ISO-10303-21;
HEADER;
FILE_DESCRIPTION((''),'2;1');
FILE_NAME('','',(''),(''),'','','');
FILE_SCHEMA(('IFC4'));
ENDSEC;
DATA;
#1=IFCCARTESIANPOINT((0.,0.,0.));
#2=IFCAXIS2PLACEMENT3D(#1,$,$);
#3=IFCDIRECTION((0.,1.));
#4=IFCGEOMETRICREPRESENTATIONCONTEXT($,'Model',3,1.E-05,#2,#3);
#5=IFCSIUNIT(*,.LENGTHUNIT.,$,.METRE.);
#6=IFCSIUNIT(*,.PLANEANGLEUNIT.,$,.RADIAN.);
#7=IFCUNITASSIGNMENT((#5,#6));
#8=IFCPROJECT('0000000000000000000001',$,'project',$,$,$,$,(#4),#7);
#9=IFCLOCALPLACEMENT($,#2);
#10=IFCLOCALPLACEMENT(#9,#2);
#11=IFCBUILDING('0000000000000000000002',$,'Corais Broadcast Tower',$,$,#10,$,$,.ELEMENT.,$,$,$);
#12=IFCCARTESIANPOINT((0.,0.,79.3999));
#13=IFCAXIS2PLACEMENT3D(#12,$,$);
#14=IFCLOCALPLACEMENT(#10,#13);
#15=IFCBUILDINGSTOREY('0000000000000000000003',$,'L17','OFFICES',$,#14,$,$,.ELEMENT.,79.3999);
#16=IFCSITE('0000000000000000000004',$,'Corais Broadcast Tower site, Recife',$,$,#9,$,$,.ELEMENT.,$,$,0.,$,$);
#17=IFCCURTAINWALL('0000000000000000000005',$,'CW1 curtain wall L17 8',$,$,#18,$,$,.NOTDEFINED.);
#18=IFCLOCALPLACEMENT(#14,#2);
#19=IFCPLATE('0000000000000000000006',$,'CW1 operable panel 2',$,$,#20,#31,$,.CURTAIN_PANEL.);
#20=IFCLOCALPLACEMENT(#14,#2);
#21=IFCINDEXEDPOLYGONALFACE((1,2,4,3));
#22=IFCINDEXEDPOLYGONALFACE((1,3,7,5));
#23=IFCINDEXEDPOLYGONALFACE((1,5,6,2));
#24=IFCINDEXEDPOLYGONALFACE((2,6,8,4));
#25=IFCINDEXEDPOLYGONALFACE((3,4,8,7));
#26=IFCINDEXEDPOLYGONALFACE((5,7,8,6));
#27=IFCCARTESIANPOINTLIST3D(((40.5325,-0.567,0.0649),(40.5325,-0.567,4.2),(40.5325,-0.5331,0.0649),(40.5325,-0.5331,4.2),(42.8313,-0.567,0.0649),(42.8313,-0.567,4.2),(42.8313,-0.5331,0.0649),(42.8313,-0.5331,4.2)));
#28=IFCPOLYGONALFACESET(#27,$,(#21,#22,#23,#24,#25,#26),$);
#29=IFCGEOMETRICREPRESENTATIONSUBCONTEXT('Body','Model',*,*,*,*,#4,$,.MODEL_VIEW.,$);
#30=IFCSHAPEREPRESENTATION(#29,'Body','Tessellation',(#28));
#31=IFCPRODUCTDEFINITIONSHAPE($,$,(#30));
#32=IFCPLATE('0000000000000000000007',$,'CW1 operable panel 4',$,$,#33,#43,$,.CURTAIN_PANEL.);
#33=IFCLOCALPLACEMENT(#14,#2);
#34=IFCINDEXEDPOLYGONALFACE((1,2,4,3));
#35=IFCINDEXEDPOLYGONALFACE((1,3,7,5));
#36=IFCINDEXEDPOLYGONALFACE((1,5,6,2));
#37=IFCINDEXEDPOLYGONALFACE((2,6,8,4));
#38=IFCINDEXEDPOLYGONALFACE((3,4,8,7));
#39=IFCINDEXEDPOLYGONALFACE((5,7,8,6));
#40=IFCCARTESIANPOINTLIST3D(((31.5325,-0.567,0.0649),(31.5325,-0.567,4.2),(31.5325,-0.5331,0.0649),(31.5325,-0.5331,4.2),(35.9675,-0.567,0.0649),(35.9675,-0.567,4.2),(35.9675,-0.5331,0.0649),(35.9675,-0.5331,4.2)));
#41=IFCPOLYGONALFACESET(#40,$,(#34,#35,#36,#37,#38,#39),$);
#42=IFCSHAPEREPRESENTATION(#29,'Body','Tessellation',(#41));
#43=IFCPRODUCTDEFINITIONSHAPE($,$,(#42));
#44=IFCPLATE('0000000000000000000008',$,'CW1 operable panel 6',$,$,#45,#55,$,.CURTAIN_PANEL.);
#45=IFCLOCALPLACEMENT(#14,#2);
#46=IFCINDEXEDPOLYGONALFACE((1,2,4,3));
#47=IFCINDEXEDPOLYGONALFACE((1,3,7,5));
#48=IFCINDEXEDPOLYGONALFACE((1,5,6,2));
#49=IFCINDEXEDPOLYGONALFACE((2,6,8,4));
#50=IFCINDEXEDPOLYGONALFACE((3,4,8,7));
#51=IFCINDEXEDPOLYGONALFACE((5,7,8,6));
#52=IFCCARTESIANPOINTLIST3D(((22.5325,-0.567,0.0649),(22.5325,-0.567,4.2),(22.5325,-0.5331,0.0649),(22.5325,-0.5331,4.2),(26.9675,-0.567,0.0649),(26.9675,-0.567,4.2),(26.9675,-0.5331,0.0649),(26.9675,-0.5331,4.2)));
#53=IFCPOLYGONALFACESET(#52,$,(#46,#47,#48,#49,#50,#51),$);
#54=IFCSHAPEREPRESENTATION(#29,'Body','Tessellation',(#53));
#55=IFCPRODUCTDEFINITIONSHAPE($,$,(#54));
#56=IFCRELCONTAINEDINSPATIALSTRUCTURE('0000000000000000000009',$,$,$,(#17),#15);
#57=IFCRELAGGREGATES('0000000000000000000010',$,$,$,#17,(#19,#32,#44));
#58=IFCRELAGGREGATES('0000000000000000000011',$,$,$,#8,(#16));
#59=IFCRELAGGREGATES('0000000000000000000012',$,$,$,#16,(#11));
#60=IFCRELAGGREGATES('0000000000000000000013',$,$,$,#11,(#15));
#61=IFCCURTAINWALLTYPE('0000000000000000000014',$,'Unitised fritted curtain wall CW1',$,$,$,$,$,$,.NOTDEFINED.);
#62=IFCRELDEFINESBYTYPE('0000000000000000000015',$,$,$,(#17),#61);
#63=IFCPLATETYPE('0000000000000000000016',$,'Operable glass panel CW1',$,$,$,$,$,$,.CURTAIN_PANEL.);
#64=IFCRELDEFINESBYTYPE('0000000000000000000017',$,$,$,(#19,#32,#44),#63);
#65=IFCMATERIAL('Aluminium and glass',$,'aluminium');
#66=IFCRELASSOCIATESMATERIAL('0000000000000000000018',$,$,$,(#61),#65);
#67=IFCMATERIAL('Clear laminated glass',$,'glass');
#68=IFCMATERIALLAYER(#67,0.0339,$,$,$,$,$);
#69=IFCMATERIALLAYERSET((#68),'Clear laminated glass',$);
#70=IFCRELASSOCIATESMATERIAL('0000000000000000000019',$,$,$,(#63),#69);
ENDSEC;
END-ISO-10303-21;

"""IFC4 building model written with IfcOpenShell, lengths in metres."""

from ifc_helpers import new_model, si_unit, direction, frame, origin, origin_2d, place, context, subcontext, project, spatial, rectangle, extrude, material, layer, layer_set, type_object, element, aggregate, save


model = new_model("IFC4")

# Units and contexts
model_context = context("Model", 3, precision=1e-05, world=origin(), true_north=direction((0.0, 1.0)))
body_context = subcontext(model_context, "Body", "Model", "MODEL_VIEW")
ifc_project = project(units=[si_unit("LENGTHUNIT", "METRE"), si_unit("PLANEANGLEUNIT", "RADIAN")], contexts=[model_context])

# Site, building, storey
site_placement = place(None, origin())
site = spatial("IfcSite", under=ifc_project, at=site_placement, Name="Corais Broadcast Tower site, Recife", CompositionType="ELEMENT", RefElevation=0.0)
building_placement = place(site_placement, origin())
building = spatial("IfcBuilding", under=site, at=building_placement, Name="Corais Broadcast Tower", CompositionType="ELEMENT")
storey_placement = place(building_placement, frame((0.0, 0.0, 79.3999)))
storey = spatial("IfcBuildingStorey", under=building, at=storey_placement, Name="L17", Description="OFFICES", CompositionType="ELEMENT", Elevation=79.3999)

# Curtain wall
ifc_material_1 = material(Name="Aluminium and glass", Category="aluminium")
curtain_wall_type = type_object("IfcCurtainWallType", Name="Unitised fritted curtain wall CW1", PredefinedType="NOTDEFINED", material=ifc_material_1)
curtain_wall_placement = place(storey_placement, origin())
curtain_wall = element("IfcCurtainWall", 1, at=curtain_wall_placement, inside=storey, type_object=curtain_wall_type, Name="CW1 curtain wall L17 8", PredefinedType="NOTDEFINED")

# Plates
ifc_material_2 = material(Name="Clear laminated glass", Category="glass")
ifc_layer_1 = layer(ifc_material_2, 0.0339)
ifc_layer_set_1 = layer_set([ifc_layer_1], Name="Clear laminated glass")
plate_type_1 = type_object("IfcPlateType", Name="Operable glass panel CW1", PredefinedType="CURTAIN_PANEL", material=ifc_layer_set_1)
plate_1_placement = place(storey_placement, frame((41.6819, -0.55, 0.0649), z_axis=(0.0, 0.0, 1.0), x_axis=(-1.0, 0.0, 0.0)))
plate_1 = element("IfcPlate", 2, at=plate_1_placement, type_object=plate_type_1, Name="CW1 operable panel 2", PredefinedType="CURTAIN_PANEL", context=body_context, shape_type="SweptSolid", body=[
    extrude(rectangle(XDim=2.2988, YDim=0.0339, at=origin_2d()), origin(), (0.0, 0.0, 1.0), 4.135),
])
plate_2_placement = place(storey_placement, frame((33.75, -0.55, 0.0649), z_axis=(0.0, 0.0, 1.0), x_axis=(-1.0, 0.0, 0.0)))
plate_2 = element("IfcPlate", 3, at=plate_2_placement, type_object=plate_type_1, Name="CW1 operable panel 4", PredefinedType="CURTAIN_PANEL", context=body_context, shape_type="SweptSolid", body=[
    extrude(rectangle(XDim=4.4351, YDim=0.0339, at=origin_2d()), origin(), (0.0, 0.0, 1.0), 4.135),
])
plate_3_placement = place(storey_placement, frame((24.75, -0.55, 0.0649), z_axis=(0.0, 0.0, 1.0), x_axis=(-1.0, 0.0, 0.0)))
plate_3 = element("IfcPlate", 4, at=plate_3_placement, type_object=plate_type_1, Name="CW1 operable panel 6", PredefinedType="CURTAIN_PANEL", context=body_context, shape_type="SweptSolid", body=[
    extrude(rectangle(XDim=4.4351, YDim=0.0339, at=origin_2d()), origin(), (0.0, 0.0, 1.0), 4.135),
])
aggregate(curtain_wall, [plate_1, plate_2, plate_3])

save(model, "model.ifc")
